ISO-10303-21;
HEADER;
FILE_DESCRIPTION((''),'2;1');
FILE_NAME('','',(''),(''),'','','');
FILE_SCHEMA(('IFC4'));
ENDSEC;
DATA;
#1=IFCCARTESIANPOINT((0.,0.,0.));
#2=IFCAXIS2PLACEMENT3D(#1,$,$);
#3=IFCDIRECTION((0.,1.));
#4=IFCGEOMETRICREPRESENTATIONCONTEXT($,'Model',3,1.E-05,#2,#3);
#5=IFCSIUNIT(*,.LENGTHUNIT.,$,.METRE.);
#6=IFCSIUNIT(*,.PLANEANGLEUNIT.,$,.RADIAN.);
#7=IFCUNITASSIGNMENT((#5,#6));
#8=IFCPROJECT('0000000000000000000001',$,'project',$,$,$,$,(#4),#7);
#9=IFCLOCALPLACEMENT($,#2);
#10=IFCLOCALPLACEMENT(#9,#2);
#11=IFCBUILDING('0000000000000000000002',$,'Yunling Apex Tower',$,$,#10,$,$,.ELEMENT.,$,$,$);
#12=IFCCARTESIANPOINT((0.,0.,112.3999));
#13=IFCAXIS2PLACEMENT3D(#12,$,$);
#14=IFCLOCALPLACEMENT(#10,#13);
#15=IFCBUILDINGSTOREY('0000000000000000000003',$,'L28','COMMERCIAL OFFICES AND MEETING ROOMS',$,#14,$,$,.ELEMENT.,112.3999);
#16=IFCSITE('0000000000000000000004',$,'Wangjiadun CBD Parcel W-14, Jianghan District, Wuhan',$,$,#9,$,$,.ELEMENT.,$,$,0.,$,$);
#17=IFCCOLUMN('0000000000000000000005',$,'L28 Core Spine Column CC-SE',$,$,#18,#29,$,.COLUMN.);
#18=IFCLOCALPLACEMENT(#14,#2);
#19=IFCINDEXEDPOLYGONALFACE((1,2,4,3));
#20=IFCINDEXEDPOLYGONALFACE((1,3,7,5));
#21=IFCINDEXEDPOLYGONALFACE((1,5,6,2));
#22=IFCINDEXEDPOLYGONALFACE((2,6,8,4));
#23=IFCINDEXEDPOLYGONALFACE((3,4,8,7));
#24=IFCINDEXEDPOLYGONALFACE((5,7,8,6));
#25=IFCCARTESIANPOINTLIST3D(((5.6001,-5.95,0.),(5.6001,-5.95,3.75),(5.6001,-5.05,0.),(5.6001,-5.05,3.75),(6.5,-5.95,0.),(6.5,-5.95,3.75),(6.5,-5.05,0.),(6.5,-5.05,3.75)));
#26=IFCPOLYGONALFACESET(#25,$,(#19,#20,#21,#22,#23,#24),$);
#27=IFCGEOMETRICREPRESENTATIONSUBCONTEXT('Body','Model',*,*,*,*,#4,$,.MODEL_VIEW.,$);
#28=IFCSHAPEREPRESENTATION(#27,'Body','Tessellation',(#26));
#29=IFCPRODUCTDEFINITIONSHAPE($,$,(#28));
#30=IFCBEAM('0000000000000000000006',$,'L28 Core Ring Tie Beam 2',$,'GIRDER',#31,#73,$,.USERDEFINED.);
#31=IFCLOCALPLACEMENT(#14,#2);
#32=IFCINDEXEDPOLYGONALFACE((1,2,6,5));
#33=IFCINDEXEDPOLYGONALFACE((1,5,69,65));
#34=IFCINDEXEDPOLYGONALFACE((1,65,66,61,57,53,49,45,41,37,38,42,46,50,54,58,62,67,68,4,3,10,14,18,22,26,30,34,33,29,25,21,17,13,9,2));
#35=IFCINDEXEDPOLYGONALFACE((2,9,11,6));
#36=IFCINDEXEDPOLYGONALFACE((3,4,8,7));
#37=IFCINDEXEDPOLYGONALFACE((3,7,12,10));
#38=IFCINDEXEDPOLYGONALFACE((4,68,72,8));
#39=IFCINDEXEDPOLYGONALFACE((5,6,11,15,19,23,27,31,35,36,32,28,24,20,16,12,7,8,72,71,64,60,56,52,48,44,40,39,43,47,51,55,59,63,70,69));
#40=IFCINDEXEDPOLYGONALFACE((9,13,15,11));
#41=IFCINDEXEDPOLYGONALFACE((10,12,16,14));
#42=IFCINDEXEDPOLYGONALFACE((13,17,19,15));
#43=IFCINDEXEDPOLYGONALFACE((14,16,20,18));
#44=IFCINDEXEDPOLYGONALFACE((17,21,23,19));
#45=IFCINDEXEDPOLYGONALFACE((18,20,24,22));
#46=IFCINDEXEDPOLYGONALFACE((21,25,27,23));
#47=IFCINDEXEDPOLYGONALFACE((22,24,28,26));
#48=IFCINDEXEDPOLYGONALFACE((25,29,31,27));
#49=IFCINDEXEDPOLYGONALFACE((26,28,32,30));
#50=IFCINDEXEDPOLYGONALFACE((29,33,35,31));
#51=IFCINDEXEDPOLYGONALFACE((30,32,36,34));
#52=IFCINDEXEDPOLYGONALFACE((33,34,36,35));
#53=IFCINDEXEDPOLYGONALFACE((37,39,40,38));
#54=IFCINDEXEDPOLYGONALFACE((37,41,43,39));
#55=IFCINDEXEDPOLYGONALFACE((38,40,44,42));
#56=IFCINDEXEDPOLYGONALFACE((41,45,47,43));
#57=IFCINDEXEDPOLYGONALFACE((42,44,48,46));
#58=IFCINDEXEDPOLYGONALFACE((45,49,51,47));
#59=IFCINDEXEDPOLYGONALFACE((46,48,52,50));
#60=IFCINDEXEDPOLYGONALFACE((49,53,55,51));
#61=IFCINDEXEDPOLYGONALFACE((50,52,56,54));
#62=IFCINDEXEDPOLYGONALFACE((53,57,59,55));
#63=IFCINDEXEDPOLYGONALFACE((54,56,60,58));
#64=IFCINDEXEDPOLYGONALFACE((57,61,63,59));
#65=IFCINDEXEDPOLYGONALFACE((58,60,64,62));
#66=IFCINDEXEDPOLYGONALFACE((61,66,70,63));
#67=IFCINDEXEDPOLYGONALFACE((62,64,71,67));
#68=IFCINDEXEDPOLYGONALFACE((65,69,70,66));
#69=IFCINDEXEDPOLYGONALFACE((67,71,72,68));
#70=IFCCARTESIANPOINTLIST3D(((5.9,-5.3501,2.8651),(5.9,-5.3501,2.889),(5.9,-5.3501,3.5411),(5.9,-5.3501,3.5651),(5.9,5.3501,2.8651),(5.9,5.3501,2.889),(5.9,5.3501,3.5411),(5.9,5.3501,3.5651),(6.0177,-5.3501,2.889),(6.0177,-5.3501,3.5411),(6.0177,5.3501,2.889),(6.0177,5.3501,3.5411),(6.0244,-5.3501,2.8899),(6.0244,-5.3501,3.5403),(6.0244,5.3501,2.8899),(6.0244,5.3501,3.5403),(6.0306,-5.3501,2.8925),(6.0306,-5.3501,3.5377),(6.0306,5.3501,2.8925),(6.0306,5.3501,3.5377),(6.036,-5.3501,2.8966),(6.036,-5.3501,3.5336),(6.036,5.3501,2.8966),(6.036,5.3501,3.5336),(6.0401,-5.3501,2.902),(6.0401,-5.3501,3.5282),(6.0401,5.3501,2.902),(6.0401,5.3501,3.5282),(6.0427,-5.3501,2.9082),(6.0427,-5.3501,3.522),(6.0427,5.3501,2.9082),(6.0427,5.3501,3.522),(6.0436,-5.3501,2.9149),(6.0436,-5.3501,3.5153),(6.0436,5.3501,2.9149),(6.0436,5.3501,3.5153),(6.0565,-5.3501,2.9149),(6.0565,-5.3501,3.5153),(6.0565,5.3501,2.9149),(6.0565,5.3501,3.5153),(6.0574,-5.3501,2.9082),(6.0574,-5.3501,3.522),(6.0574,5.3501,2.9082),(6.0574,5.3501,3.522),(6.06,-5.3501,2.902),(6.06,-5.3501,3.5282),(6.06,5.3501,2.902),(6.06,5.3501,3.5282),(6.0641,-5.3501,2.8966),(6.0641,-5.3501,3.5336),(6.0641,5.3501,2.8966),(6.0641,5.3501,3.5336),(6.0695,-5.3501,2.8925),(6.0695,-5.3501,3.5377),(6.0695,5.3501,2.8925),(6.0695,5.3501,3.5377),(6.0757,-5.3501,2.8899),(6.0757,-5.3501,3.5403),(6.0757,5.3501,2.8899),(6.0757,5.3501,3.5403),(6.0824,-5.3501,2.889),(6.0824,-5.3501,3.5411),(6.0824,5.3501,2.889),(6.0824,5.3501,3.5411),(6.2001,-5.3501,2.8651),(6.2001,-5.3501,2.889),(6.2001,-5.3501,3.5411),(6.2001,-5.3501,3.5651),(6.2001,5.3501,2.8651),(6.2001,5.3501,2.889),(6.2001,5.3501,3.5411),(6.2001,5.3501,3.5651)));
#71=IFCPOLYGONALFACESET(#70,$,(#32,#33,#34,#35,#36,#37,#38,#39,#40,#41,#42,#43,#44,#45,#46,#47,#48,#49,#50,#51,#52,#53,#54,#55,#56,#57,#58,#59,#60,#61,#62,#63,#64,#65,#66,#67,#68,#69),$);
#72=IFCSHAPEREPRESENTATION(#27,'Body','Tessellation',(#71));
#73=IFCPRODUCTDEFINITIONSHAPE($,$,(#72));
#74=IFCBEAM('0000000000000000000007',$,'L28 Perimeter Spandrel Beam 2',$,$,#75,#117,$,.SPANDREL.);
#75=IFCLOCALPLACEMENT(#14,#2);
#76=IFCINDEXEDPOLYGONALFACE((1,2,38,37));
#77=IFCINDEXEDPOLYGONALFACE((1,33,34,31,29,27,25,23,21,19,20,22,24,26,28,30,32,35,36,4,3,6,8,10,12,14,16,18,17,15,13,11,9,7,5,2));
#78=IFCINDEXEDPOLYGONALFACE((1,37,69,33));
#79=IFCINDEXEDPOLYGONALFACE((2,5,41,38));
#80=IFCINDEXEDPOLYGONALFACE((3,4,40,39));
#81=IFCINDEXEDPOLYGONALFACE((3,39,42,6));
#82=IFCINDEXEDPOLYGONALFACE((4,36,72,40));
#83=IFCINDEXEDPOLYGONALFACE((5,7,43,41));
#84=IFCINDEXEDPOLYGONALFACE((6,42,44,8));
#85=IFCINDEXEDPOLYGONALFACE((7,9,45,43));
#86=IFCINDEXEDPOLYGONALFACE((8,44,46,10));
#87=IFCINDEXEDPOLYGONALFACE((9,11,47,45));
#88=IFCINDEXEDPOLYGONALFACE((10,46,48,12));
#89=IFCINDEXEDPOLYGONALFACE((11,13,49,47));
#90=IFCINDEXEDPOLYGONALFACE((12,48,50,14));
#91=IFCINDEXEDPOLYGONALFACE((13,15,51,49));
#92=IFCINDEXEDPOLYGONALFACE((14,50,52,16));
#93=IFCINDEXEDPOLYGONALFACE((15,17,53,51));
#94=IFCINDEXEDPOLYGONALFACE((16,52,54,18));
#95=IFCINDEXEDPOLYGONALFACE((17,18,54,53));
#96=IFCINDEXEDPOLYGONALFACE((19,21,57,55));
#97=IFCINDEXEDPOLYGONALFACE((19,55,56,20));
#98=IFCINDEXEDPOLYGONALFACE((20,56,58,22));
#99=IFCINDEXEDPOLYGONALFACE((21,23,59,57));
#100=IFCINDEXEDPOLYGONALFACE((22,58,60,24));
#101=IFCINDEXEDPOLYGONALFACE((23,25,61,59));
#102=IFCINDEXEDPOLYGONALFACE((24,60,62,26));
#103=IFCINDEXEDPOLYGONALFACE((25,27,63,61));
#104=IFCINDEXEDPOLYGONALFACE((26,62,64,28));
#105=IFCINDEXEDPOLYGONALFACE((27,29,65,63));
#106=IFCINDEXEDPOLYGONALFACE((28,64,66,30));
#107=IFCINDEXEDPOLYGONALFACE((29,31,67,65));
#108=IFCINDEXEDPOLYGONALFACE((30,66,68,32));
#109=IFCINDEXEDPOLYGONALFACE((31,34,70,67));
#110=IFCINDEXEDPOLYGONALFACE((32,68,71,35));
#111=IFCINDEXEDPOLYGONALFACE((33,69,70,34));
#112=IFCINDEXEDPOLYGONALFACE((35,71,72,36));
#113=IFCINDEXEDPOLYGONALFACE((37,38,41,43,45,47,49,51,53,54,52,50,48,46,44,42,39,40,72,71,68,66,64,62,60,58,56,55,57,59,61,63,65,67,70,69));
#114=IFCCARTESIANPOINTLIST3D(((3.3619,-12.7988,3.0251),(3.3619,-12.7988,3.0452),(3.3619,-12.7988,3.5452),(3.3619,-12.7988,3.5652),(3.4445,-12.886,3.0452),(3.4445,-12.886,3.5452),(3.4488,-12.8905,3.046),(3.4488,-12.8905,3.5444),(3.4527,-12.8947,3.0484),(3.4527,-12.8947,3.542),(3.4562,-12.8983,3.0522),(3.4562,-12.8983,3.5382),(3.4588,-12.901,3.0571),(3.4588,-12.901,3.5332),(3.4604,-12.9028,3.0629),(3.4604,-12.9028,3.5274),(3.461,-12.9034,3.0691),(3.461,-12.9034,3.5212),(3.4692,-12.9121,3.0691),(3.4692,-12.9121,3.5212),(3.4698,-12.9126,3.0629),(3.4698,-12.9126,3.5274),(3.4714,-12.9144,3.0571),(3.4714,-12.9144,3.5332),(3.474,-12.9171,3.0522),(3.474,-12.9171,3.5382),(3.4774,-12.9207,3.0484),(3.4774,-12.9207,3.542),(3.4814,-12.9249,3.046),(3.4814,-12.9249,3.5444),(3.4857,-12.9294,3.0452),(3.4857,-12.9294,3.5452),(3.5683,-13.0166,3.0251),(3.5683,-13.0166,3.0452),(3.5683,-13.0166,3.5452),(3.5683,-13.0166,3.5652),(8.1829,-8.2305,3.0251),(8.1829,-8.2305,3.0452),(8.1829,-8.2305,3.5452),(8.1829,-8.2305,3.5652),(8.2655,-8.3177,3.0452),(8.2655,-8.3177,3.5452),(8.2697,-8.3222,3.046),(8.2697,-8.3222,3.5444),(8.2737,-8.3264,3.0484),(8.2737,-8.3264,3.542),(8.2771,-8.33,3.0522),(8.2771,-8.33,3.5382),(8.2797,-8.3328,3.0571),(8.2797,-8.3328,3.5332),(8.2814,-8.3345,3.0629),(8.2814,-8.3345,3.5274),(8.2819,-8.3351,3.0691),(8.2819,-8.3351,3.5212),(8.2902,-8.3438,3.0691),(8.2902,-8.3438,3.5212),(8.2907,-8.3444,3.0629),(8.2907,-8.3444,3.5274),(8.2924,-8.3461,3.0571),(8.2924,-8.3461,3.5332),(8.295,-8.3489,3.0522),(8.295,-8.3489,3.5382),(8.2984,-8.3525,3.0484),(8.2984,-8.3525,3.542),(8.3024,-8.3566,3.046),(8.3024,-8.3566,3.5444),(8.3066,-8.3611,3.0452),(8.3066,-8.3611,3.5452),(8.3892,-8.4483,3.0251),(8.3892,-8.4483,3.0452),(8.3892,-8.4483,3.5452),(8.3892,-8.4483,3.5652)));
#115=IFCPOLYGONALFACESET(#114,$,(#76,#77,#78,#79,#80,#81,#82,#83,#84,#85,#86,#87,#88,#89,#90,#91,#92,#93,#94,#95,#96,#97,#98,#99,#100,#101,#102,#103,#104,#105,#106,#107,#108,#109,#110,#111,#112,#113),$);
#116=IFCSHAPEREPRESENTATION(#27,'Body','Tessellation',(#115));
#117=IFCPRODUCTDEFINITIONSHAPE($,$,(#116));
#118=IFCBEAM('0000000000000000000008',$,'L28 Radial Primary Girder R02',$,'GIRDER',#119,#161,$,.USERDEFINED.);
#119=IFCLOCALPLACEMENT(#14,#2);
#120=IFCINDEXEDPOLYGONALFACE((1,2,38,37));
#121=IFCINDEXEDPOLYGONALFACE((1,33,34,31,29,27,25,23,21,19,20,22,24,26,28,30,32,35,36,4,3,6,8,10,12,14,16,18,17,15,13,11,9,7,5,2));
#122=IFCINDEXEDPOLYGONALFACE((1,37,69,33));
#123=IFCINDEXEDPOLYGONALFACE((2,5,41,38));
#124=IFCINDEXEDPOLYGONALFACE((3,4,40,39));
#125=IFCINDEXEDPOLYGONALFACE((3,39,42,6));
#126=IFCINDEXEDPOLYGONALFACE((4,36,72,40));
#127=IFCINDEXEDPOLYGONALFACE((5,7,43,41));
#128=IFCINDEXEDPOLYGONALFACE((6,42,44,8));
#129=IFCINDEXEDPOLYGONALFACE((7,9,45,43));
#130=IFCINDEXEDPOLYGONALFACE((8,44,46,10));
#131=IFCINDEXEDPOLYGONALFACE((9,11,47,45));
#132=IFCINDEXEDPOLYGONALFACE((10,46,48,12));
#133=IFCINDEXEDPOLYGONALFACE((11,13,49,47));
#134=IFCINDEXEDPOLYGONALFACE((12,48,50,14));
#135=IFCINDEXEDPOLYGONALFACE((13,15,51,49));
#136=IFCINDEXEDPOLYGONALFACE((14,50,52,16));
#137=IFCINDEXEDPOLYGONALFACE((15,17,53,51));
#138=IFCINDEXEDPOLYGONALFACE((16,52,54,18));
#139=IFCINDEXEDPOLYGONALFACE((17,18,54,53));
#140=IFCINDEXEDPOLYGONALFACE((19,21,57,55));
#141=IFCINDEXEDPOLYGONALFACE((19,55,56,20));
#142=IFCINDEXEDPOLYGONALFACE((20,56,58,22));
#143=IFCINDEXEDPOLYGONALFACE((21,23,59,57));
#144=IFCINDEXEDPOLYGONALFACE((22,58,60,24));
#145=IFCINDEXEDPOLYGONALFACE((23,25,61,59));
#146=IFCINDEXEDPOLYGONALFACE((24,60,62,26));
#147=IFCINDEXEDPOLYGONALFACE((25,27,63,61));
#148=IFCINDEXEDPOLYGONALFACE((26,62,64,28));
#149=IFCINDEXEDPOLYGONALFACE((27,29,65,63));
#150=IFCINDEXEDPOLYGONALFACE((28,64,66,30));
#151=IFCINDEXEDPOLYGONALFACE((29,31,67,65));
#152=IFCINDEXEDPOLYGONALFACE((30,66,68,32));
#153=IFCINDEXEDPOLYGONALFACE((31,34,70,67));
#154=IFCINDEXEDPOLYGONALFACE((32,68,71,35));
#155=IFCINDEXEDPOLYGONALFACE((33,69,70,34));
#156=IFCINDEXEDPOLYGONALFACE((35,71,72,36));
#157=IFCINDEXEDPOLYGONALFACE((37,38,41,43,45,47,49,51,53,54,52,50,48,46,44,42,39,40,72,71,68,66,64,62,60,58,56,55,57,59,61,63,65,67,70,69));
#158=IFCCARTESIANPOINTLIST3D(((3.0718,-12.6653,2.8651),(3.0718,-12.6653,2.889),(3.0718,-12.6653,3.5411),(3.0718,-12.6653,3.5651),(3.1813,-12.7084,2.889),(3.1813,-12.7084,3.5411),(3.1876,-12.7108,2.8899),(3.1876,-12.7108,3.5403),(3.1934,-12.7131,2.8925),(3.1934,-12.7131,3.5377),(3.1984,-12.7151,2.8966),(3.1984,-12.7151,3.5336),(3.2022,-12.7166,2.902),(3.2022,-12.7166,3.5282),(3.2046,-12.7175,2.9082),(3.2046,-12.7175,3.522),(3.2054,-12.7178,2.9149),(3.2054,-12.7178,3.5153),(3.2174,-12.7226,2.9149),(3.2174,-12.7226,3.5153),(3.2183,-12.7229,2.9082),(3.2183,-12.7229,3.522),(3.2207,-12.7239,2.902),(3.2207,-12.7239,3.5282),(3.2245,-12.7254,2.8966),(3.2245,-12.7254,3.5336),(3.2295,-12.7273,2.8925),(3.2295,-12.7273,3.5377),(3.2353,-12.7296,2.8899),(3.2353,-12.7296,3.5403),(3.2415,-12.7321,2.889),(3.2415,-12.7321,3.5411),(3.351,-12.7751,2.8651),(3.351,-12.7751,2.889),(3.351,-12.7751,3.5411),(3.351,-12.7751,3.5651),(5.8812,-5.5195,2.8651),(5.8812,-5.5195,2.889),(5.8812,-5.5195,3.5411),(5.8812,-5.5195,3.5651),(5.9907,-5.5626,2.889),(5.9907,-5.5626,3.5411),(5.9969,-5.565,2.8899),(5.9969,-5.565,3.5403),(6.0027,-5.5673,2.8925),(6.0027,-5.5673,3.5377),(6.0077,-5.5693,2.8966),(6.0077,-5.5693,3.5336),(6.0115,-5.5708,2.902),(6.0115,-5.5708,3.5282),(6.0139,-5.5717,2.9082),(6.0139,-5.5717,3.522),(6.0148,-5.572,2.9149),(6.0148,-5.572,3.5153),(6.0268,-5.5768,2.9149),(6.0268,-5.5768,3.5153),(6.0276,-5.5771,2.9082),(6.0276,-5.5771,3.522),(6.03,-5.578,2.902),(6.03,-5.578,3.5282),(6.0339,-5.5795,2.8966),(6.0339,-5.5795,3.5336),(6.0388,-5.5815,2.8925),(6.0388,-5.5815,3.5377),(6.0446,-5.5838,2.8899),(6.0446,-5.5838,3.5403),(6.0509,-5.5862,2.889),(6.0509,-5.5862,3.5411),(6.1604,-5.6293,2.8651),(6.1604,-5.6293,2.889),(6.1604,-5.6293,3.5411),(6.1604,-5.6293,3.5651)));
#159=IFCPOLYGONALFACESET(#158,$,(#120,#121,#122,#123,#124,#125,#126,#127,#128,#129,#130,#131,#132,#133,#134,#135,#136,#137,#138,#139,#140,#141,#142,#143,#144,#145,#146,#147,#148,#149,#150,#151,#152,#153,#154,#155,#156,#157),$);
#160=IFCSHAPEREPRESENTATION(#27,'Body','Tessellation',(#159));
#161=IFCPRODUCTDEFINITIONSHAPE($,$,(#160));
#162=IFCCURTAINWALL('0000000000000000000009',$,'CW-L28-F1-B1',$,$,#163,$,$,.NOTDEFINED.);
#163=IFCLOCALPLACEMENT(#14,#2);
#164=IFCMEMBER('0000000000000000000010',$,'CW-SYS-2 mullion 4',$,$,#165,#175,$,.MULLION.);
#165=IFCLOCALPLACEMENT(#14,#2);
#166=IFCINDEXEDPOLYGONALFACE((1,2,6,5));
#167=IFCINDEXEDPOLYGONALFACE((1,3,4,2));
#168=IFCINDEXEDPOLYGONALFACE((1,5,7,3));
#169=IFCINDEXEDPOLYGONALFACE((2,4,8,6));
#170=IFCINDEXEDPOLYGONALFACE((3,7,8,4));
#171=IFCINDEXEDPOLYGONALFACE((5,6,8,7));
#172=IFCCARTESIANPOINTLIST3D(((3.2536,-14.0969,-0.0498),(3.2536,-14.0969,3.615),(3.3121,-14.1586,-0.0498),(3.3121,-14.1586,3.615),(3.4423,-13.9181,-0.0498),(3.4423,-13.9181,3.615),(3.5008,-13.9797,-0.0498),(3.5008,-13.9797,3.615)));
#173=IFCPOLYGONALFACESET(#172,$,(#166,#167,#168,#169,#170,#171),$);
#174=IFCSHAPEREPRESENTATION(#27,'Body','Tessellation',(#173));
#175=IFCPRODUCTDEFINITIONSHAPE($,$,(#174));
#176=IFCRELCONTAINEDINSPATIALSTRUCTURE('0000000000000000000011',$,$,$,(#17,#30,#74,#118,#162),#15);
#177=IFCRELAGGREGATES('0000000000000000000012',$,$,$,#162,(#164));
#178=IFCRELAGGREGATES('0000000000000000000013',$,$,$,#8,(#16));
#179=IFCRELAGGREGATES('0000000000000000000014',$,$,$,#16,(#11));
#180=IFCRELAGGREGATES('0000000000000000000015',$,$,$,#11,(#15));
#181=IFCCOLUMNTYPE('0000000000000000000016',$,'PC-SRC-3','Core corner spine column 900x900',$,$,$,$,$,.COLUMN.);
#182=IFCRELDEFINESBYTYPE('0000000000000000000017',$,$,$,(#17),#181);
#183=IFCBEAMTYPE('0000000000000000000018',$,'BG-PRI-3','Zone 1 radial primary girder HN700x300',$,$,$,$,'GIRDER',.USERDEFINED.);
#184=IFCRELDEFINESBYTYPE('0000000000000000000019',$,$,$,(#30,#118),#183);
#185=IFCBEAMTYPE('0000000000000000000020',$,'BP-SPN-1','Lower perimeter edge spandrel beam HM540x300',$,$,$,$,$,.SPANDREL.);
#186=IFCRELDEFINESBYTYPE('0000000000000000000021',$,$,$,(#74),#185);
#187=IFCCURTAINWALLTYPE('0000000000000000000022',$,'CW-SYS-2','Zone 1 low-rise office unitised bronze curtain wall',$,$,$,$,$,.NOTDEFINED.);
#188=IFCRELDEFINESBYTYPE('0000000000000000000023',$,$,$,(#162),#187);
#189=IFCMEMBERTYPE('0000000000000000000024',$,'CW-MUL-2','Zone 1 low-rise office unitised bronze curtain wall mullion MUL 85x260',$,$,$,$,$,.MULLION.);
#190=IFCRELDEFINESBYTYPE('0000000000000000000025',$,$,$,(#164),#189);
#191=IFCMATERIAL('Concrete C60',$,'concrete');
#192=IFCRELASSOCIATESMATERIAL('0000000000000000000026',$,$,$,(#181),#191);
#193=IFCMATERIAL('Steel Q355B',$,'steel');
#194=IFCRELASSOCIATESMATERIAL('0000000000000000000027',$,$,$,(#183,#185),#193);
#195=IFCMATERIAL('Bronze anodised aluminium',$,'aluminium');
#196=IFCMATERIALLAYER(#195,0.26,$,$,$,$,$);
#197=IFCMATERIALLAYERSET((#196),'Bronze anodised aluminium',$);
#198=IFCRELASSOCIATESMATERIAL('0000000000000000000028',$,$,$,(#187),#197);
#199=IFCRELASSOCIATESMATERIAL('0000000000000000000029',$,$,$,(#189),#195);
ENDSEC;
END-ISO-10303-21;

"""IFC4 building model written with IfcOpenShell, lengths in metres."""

from ifc_helpers import new_model, si_unit, direction, frame, origin, origin_2d, place, context, subcontext, project, spatial, rectangle, i_section, extrude, source, transform, mapped, material, layer, layer_set, material_profile, profile_set, type_object, element, aggregate, save


model = new_model("IFC4")

# Units and contexts
model_context = context("Model", 3, precision=1e-05, world=origin(), true_north=direction((0.0, 1.0)))
body_context = subcontext(model_context, "Body", "Model", "MODEL_VIEW")
ifc_project = project(units=[si_unit("LENGTHUNIT", "METRE"), si_unit("PLANEANGLEUNIT", "RADIAN")], contexts=[model_context])

# Site, building, storey
site_placement = place(None, origin())
site = spatial("IfcSite", under=ifc_project, at=site_placement, Name="Wangjiadun CBD Parcel W-14, Jianghan District, Wuhan", CompositionType="ELEMENT", RefElevation=0.0)
building_placement = place(site_placement, origin())
building = spatial("IfcBuilding", under=site, at=building_placement, Name="Yunling Apex Tower", CompositionType="ELEMENT")
storey_placement = place(building_placement, frame((0.0, 0.0, 112.3999)))
storey = spatial("IfcBuildingStorey", under=building, at=storey_placement, Name="L28", Description="COMMERCIAL OFFICES AND MEETING ROOMS", CompositionType="ELEMENT", Elevation=112.3999)

# Column
ifc_material_1 = material(Name="Concrete C60", Category="concrete")
ifc_material_profile_1 = material_profile(ifc_material_1, rectangle(XDim=0.8999, YDim=0.8999, at=origin_2d()))
ifc_profile_set_1 = profile_set([ifc_material_profile_1], Name="Concrete C60")
column_type = type_object("IfcColumnType", Name="PC-SRC-3", Description="Core corner spine column 900x900", PredefinedType="COLUMN", material=ifc_profile_set_1)
shared_shape_1 = source(origin(), body_context, "Body", "SweptSolid", [
    extrude(rectangle(XDim=0.8999, YDim=0.8999, at=origin_2d()), origin(), (0.0, 0.0, 1.0), 3.75),
])
column_placement = place(storey_placement, frame((6.05, -5.5, 0.0), z_axis=(0.0, 0.0, 1.0), x_axis=(1.0, 0.0, 0.0)))
element("IfcColumn", 1, at=column_placement, inside=storey, type_object=column_type, Name="L28 Core Spine Column CC-SE", PredefinedType="COLUMN", context=body_context, shape_type="MappedRepresentation", body=[
    mapped(shared_shape_1, transform((0.0, 0.0, 0.0), scale=1.0)),
])

# Beams
ifc_material_2 = material(Name="Steel Q355B", Category="steel")
ifc_material_profile_2 = material_profile(ifc_material_2, i_section(OverallWidth=0.3, OverallDepth=0.7, WebThickness=0.0129, FlangeThickness=0.0239, FilletRadius=0.0259, at=origin_2d()))
ifc_profile_set_2 = profile_set([ifc_material_profile_2], Name="Steel Q355B")
beam_type_1 = type_object("IfcBeamType", Name="BG-PRI-3", Description="Zone 1 radial primary girder HN700x300", ElementType="GIRDER", PredefinedType="USERDEFINED", material=ifc_profile_set_2)
shared_shape_2 = source(origin(), body_context, "Body", "SweptSolid", [
    extrude(i_section(OverallWidth=0.3, OverallDepth=0.7, WebThickness=0.0129, FlangeThickness=0.0239, FilletRadius=0.0259, at=origin_2d()), origin(), (0.0, 0.0, 1.0), 10.7002),
])
beam_1_placement = place(storey_placement, frame((6.05, -5.3501, 3.2151), z_axis=(0.0, 1.0, 0.0), x_axis=(-1.0, 0.0, 0.0)))
element("IfcBeam", 2, at=beam_1_placement, inside=storey, type_object=beam_type_1, Name="L28 Core Ring Tie Beam 2", ObjectType="GIRDER", PredefinedType="USERDEFINED", context=body_context, shape_type="MappedRepresentation", body=[
    mapped(shared_shape_2, transform((0.0, 0.0, 0.0), scale=1.0)),
])
ifc_material_profile_3 = material_profile(ifc_material_2, i_section(OverallWidth=0.3, OverallDepth=0.54, WebThickness=0.012, FlangeThickness=0.02, FilletRadius=0.0239, at=origin_2d()))
ifc_profile_set_3 = profile_set([ifc_material_profile_3], Name="Steel Q355B")
beam_type_2 = type_object("IfcBeamType", Name="BP-SPN-1", Description="Lower perimeter edge spandrel beam HM540x300", PredefinedType="SPANDREL", material=ifc_profile_set_3)
shared_shape_3 = source(origin(), body_context, "Body", "SweptSolid", [
    extrude(i_section(OverallWidth=0.3, OverallDepth=0.54, WebThickness=0.012, FlangeThickness=0.02, FilletRadius=0.0239, at=origin_2d()), origin(), (0.0, 0.0, 1.0), 6.6416),
])
beam_2_placement = place(storey_placement, frame((3.4651, -12.9077, 3.2952), z_axis=(0.725873, 0.687828, 0.0), x_axis=(-0.687828, 0.725873, 0.0)))
element("IfcBeam", 3, at=beam_2_placement, inside=storey, type_object=beam_type_2, Name="L28 Perimeter Spandrel Beam 2", PredefinedType="SPANDREL", context=body_context, shape_type="MappedRepresentation", body=[
    mapped(shared_shape_3, transform((0.0, 0.0, 0.0), scale=1.0)),
])
shared_shape_4 = source(origin(), body_context, "Body", "SweptSolid", [
    extrude(i_section(OverallWidth=0.3, OverallDepth=0.7, WebThickness=0.0129, FlangeThickness=0.0239, FilletRadius=0.0259, at=origin_2d()), origin(), (0.0, 0.0, 1.0), 7.6782),
])
beam_3_placement = place(storey_placement, frame((3.2114, -12.7202, 3.2151), z_axis=(0.365886, 0.93066, 0.0), x_axis=(-0.93066, 0.365886, 0.0)))
element("IfcBeam", 4, at=beam_3_placement, inside=storey, type_object=beam_type_1, Name="L28 Radial Primary Girder R02", ObjectType="GIRDER", PredefinedType="USERDEFINED", context=body_context, shape_type="MappedRepresentation", body=[
    mapped(shared_shape_4, transform((0.0, 0.0, 0.0), scale=1.0)),
])

# Curtain wall, member
ifc_material_3 = material(Name="Bronze anodised aluminium", Category="aluminium")
ifc_layer_1 = layer(ifc_material_3, 0.26)
ifc_layer_set_1 = layer_set([ifc_layer_1], Name="Bronze anodised aluminium")
curtain_wall_type = type_object("IfcCurtainWallType", Name="CW-SYS-2", Description="Zone 1 low-rise office unitised bronze curtain wall", PredefinedType="NOTDEFINED", material=ifc_layer_set_1)
curtain_wall_1_placement = place(storey_placement, origin())
curtain_wall_1 = element("IfcCurtainWall", 5, at=curtain_wall_1_placement, inside=storey, type_object=curtain_wall_type, Name="CW-L28-F1-B1", PredefinedType="NOTDEFINED")
ifc_material_profile_4 = material_profile(ifc_material_3, rectangle(XDim=0.085, YDim=0.26, at=origin_2d()))
ifc_profile_set_4 = profile_set([ifc_material_profile_4], Name="Bronze anodised aluminium")
member_type_1 = type_object("IfcMemberType", Name="CW-MUL-2", Description="Zone 1 low-rise office unitised bronze curtain wall mullion MUL 85x260", PredefinedType="MULLION", material=ifc_profile_set_4)
shared_shape_5 = source(origin(), body_context, "Body", "SweptSolid", [
    extrude(rectangle(XDim=0.085, YDim=0.26, at=origin_2d()), origin(), (0.0, 0.0, 1.0), 3.6648),
])
member_1_placement = place(storey_placement, frame((3.3772, -14.0383, -0.0498), z_axis=(0.0, 0.0, 1.0), x_axis=(-0.687861, 0.725842, 0.0)))
member_1 = element("IfcMember", 6, at=member_1_placement, type_object=member_type_1, Name="CW-SYS-2 mullion 4", PredefinedType="MULLION", context=body_context, shape_type="MappedRepresentation", body=[
    mapped(shared_shape_5, transform((0.0, 0.0, 0.0), scale=1.0)),
])
aggregate(curtain_wall_1, [member_1])

save(model, "model.ifc")
